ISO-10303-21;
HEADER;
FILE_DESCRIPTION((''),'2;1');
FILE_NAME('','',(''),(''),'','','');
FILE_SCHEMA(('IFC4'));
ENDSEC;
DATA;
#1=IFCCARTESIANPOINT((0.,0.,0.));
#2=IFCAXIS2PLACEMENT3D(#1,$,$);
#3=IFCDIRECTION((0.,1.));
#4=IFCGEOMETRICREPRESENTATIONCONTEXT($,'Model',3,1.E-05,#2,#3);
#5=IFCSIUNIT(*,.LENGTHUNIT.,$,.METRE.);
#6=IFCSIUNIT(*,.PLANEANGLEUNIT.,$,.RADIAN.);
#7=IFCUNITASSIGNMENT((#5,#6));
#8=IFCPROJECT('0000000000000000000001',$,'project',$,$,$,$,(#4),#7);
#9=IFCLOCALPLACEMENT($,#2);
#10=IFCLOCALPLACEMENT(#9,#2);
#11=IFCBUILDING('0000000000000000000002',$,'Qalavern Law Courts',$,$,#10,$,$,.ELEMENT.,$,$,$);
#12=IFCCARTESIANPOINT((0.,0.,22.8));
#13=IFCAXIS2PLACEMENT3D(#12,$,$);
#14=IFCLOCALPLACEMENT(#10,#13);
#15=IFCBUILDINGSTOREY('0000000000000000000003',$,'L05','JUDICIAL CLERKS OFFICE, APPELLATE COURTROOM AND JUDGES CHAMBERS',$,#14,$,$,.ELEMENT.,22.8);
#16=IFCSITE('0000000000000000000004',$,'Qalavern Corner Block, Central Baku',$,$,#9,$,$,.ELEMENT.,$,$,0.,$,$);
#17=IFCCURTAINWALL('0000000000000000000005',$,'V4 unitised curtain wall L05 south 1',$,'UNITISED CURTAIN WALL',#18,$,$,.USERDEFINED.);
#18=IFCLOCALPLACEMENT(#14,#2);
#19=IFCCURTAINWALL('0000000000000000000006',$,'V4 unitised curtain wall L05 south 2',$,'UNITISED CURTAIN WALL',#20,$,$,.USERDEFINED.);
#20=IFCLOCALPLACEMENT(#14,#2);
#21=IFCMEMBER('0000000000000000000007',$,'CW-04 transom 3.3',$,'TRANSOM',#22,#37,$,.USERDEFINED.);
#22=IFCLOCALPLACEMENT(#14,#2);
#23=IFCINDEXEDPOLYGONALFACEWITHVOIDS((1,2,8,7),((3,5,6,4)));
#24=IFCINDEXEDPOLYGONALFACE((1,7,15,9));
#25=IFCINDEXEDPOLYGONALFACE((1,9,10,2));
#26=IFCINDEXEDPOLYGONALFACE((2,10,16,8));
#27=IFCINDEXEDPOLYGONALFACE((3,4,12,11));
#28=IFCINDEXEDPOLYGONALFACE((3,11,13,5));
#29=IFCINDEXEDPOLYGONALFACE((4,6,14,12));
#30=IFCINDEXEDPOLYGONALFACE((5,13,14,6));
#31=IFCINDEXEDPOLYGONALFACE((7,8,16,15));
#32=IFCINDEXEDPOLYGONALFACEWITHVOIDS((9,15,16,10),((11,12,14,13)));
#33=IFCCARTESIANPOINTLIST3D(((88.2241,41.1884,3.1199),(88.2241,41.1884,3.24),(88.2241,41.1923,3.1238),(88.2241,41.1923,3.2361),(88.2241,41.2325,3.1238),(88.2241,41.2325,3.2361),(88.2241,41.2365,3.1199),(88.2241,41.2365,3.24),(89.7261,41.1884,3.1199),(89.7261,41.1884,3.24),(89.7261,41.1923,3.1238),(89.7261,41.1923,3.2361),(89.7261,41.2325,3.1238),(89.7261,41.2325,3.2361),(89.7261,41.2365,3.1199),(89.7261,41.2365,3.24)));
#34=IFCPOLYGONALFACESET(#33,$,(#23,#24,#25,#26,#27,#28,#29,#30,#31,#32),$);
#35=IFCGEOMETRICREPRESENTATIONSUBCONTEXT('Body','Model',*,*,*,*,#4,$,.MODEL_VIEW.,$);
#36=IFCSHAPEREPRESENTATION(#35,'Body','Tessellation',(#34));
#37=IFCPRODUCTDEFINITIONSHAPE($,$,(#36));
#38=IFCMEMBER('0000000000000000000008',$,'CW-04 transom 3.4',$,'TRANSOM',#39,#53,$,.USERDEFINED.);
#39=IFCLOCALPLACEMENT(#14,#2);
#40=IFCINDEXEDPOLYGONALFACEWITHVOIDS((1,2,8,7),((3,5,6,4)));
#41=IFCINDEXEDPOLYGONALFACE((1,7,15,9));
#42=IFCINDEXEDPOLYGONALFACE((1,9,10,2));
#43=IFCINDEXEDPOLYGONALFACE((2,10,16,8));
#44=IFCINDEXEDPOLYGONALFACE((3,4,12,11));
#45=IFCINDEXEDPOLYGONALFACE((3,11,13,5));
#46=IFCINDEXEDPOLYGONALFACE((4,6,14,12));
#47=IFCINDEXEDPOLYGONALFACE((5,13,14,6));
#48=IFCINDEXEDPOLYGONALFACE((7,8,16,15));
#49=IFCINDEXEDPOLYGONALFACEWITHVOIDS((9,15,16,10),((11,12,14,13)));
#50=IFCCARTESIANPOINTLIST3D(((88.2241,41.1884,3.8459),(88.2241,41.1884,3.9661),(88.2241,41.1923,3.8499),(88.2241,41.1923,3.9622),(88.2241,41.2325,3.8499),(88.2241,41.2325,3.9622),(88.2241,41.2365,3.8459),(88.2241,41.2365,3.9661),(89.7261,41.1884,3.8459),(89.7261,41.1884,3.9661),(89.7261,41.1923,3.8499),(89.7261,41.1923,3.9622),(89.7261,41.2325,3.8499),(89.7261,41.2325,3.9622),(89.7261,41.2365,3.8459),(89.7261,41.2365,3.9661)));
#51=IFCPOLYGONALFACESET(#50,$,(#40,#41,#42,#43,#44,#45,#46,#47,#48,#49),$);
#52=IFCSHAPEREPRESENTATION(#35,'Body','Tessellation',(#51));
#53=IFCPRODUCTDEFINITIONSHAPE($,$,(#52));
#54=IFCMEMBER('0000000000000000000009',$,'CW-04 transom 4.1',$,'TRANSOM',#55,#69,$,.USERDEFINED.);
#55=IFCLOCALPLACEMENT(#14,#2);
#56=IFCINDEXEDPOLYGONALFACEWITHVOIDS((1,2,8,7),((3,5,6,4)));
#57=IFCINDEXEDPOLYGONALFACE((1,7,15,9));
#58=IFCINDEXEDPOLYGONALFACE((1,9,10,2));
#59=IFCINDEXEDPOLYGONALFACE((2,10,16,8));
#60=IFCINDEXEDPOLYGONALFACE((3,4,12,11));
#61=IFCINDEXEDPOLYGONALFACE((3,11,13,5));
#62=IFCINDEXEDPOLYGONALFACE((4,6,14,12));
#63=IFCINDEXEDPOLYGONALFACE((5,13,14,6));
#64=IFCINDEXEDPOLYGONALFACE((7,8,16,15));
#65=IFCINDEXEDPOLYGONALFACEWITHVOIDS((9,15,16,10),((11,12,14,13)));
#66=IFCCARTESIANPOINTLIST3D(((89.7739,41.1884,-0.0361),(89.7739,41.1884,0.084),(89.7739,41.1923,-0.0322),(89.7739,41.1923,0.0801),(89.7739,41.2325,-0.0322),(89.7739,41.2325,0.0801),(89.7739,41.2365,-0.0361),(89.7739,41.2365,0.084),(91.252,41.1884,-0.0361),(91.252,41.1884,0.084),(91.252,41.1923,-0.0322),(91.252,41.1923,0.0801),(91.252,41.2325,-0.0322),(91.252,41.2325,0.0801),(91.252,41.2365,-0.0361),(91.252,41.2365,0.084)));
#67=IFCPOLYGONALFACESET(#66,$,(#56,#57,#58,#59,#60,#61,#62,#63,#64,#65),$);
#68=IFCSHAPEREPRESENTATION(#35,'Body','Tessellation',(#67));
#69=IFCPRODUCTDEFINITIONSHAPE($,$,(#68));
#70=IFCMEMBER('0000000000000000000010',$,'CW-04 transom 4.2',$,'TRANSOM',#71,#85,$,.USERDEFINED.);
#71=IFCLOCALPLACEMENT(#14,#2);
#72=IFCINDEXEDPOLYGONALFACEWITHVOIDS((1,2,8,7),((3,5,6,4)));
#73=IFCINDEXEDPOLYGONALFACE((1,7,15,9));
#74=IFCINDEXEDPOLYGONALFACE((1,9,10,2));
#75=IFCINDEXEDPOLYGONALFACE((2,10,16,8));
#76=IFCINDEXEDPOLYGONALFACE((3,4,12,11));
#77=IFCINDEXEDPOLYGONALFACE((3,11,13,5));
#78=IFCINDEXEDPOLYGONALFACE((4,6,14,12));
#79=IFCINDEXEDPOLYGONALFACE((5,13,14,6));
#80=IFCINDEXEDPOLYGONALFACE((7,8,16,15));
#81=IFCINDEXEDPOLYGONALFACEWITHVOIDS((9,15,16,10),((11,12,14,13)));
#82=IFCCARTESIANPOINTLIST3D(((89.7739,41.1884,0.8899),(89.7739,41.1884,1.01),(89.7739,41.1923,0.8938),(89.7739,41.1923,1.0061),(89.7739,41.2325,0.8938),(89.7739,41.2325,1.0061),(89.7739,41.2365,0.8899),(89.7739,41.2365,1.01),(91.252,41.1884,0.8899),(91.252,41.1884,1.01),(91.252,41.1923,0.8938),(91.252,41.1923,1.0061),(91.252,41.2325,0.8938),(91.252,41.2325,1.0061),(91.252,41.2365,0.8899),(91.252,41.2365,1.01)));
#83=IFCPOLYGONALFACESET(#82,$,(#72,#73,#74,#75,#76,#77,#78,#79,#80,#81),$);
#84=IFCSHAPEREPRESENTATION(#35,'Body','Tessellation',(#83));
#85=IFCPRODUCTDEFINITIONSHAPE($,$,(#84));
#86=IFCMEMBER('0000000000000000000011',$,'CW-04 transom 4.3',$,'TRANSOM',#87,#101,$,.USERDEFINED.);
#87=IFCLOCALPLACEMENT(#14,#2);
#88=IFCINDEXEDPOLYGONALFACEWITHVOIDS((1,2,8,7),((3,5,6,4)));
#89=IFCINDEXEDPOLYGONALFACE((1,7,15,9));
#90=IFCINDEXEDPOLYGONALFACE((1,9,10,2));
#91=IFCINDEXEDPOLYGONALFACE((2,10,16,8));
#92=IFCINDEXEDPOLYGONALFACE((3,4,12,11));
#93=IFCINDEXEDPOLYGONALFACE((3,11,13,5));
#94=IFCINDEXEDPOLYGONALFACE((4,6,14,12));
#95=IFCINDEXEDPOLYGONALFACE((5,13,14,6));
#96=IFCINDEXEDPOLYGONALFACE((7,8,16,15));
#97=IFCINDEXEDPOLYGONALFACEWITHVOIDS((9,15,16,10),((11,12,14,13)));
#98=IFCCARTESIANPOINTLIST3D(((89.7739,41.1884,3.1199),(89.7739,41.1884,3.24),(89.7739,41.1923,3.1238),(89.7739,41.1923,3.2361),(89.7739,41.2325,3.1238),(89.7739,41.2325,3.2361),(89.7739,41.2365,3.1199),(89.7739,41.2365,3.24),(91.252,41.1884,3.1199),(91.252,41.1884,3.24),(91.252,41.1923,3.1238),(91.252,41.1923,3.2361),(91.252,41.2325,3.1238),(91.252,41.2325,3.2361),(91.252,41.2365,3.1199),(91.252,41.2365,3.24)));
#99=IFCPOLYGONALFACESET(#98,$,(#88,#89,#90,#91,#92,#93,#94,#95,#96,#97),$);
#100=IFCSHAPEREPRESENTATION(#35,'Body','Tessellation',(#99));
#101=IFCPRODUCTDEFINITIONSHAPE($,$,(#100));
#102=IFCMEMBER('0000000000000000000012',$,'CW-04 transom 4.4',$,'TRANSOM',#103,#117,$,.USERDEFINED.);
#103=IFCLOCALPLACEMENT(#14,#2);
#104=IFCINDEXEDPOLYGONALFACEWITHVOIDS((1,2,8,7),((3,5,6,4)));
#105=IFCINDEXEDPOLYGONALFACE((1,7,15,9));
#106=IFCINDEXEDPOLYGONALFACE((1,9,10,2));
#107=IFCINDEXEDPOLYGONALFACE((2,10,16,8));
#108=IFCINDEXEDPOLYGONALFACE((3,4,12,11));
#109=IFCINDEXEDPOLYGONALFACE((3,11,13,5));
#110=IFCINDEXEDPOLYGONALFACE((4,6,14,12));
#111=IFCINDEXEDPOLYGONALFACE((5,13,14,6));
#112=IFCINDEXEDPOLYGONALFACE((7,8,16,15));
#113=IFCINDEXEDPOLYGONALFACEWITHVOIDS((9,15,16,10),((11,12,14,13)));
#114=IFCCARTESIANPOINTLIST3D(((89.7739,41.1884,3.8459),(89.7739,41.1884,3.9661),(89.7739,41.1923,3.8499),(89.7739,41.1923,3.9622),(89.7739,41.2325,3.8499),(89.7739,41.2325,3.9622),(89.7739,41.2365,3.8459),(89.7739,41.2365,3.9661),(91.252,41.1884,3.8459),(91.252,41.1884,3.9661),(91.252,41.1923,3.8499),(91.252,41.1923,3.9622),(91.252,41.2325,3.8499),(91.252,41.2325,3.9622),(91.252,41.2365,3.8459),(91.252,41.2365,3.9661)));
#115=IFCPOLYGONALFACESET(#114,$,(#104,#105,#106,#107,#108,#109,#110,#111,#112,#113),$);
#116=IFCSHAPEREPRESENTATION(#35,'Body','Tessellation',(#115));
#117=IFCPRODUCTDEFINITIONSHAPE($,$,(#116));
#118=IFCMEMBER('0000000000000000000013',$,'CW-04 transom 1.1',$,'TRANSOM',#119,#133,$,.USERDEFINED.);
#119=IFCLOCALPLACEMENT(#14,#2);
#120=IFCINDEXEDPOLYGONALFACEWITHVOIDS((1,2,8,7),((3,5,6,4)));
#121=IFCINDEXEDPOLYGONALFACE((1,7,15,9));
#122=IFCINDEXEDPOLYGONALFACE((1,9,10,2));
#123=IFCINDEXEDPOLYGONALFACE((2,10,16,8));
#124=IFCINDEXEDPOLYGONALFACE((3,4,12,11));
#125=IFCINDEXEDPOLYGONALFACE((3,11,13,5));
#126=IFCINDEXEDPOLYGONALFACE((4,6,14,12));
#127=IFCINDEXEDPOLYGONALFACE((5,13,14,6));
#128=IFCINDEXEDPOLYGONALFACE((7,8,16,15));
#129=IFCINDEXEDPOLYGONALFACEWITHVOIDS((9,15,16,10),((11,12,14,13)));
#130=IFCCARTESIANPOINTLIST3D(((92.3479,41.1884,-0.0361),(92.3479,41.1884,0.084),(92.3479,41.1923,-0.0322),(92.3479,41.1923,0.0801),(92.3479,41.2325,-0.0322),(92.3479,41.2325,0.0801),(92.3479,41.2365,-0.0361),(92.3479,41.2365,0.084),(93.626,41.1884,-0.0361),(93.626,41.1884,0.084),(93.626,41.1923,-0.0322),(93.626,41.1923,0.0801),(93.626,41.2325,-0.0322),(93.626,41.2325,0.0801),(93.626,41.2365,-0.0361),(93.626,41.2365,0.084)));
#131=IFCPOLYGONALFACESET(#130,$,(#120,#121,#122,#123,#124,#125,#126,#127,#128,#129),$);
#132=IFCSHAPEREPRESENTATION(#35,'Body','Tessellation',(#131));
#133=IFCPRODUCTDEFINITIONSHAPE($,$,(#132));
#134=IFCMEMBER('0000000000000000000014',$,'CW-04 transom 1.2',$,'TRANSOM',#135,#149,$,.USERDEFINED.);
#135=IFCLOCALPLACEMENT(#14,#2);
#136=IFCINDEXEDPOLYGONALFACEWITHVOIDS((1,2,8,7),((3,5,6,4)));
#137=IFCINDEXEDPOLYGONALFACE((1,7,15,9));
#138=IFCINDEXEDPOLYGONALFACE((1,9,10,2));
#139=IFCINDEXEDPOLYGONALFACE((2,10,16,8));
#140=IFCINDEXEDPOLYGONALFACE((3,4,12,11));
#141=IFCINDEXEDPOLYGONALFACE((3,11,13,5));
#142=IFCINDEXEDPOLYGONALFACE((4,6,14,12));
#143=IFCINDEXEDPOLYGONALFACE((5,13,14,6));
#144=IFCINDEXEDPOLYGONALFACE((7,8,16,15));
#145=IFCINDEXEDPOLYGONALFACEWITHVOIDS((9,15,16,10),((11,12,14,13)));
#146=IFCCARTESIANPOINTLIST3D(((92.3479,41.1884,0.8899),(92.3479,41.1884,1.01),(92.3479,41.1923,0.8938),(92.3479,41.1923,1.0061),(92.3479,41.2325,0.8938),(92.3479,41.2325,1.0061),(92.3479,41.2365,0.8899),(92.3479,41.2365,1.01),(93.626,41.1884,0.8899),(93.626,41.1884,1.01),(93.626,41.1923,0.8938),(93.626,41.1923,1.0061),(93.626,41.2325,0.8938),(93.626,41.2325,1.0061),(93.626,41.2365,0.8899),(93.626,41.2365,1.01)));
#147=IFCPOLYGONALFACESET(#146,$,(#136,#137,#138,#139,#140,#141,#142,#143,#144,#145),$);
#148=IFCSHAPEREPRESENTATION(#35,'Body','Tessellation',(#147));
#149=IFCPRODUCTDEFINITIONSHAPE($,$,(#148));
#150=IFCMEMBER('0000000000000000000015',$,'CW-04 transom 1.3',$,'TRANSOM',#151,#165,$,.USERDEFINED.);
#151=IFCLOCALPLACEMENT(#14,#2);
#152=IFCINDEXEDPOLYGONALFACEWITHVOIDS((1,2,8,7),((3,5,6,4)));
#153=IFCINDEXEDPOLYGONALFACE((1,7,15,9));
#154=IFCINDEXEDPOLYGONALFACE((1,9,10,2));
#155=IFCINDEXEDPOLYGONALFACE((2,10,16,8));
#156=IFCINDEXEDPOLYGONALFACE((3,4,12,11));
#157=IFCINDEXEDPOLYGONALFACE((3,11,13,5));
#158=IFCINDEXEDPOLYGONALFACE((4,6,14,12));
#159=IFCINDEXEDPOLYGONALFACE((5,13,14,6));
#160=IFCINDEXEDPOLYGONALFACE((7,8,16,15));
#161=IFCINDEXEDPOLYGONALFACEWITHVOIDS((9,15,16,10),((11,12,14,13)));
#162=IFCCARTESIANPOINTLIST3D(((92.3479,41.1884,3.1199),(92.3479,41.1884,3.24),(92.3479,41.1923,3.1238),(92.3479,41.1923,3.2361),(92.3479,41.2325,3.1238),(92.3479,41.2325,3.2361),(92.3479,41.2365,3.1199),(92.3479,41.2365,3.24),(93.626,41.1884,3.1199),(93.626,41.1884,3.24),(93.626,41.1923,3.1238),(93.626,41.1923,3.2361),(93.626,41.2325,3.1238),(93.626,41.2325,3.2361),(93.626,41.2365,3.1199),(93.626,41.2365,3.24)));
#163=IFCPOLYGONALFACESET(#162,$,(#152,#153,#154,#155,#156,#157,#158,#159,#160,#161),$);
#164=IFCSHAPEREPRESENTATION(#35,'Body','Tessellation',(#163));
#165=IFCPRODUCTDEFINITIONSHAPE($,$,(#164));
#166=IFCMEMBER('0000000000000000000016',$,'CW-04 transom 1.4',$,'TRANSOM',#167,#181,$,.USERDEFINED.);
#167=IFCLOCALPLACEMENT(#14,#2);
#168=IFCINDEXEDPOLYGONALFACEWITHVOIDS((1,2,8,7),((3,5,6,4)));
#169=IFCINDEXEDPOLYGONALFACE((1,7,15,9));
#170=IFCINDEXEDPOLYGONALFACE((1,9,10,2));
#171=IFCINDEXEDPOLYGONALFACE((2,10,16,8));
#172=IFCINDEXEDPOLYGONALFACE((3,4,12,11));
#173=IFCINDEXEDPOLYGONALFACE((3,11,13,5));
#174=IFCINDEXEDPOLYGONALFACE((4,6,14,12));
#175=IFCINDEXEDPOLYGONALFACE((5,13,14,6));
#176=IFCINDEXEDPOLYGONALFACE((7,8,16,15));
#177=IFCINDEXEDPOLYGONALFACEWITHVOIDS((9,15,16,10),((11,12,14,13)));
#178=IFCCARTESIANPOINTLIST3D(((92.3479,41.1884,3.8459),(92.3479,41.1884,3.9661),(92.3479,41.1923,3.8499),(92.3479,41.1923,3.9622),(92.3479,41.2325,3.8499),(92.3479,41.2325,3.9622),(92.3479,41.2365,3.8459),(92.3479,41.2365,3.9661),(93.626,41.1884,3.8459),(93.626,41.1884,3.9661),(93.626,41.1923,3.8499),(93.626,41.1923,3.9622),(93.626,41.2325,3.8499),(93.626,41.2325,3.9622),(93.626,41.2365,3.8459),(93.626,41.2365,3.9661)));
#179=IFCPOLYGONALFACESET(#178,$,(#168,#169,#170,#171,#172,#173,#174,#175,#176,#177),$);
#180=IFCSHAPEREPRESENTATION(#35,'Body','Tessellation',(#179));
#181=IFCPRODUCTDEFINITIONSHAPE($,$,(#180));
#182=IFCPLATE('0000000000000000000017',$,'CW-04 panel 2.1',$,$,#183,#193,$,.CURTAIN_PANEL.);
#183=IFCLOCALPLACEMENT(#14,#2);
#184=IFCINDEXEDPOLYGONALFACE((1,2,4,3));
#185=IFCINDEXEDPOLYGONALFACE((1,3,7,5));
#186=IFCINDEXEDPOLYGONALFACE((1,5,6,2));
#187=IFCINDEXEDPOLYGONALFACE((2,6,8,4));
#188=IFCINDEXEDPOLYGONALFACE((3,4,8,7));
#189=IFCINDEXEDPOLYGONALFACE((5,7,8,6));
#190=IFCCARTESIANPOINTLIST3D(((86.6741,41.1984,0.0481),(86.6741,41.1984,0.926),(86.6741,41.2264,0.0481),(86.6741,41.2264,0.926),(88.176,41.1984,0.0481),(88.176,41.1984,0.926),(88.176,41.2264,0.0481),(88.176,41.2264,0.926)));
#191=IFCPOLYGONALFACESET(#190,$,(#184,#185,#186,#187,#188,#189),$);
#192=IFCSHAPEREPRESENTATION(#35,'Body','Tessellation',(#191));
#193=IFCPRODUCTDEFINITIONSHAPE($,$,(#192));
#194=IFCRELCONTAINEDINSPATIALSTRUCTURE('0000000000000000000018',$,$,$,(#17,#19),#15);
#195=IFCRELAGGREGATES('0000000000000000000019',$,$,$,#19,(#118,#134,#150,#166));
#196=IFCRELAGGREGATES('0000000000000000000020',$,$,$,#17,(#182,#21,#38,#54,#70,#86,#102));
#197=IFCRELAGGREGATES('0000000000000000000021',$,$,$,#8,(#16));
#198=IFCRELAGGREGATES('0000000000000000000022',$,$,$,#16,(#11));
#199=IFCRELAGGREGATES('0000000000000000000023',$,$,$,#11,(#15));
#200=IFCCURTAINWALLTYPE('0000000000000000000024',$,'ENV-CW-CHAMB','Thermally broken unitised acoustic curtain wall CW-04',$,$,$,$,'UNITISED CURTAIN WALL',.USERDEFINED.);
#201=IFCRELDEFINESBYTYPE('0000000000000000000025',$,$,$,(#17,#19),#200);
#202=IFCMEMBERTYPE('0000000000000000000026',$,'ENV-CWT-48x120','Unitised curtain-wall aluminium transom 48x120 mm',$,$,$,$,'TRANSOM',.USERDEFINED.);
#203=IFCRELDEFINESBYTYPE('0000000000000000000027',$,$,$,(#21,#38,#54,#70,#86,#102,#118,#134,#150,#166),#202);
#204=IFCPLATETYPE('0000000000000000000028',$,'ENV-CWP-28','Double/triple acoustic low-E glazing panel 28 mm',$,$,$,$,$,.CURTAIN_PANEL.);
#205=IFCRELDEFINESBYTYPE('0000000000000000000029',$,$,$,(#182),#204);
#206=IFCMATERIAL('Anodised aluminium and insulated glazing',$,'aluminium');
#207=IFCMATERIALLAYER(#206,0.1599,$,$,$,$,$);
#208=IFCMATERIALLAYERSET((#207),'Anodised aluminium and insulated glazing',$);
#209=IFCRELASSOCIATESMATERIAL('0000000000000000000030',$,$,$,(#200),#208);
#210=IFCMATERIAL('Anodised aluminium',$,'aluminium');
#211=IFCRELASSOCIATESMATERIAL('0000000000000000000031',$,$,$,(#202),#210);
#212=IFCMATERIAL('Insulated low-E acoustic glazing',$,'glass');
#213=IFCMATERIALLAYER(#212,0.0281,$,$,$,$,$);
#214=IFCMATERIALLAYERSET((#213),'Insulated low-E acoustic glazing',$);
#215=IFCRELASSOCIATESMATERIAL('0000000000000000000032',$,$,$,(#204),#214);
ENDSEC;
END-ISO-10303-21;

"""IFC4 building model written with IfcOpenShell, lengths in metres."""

from ifc_helpers import new_model, si_unit, direction, frame, origin, origin_2d, place, context, subcontext, project, spatial, rectangle, hollow_rectangle, extrude, material, layer, layer_set, material_profile, profile_set, type_object, element, aggregate, save


model = new_model("IFC4")

# Units and contexts
model_context = context("Model", 3, precision=1e-05, world=origin(), true_north=direction((0.0, 1.0)))
body_context = subcontext(model_context, "Body", "Model", "MODEL_VIEW")
ifc_project = project(units=[si_unit("LENGTHUNIT", "METRE"), si_unit("PLANEANGLEUNIT", "RADIAN")], contexts=[model_context])

# Site, building, storey
site_placement = place(None, origin())
site = spatial("IfcSite", under=ifc_project, at=site_placement, Name="Qalavern Corner Block, Central Baku", CompositionType="ELEMENT", RefElevation=0.0)
building_placement = place(site_placement, origin())
building = spatial("IfcBuilding", under=site, at=building_placement, Name="Qalavern Law Courts", CompositionType="ELEMENT")
storey_placement = place(building_placement, frame((0.0, 0.0, 22.8)))
storey = spatial("IfcBuildingStorey", under=building, at=storey_placement, Name="L05", Description="JUDICIAL CLERKS OFFICE, APPELLATE COURTROOM AND JUDGES CHAMBERS", CompositionType="ELEMENT", Elevation=22.8)

# Curtain wall
ifc_material_1 = material(Name="Anodised aluminium and insulated glazing", Category="aluminium")
ifc_layer_1 = layer(ifc_material_1, 0.1599)
ifc_layer_set_1 = layer_set([ifc_layer_1], Name="Anodised aluminium and insulated glazing")
curtain_wall_type = type_object("IfcCurtainWallType", Name="ENV-CW-CHAMB", Description="Thermally broken unitised acoustic curtain wall CW-04", ElementType="UNITISED CURTAIN WALL", PredefinedType="USERDEFINED", material=ifc_layer_set_1)
curtain_wall_1_placement = place(storey_placement, origin())
curtain_wall_1 = element("IfcCurtainWall", 1, at=curtain_wall_1_placement, inside=storey, type_object=curtain_wall_type, Name="V4 unitised curtain wall L05 south 1", ObjectType="UNITISED CURTAIN WALL", PredefinedType="USERDEFINED")
ifc_material_2 = material(Name="Anodised aluminium", Category="aluminium")

# Curtain wall
curtain_wall_2_placement = place(storey_placement, origin())
curtain_wall_2 = element("IfcCurtainWall", 2, at=curtain_wall_2_placement, inside=storey, type_object=curtain_wall_type, Name="V4 unitised curtain wall L05 south 2", ObjectType="UNITISED CURTAIN WALL", PredefinedType="USERDEFINED")

# Members
ifc_material_profile_1 = material_profile(ifc_material_2, hollow_rectangle(XDim=0.0481, YDim=0.1201, WallThickness=0.0039, at=origin_2d()), Name="ALU TRANSOM 48x120")
ifc_profile_set_1 = profile_set([ifc_material_profile_1], Name="Anodised aluminium")
member_type_1 = type_object("IfcMemberType", Name="ENV-CWT-48x120", Description="Unitised curtain-wall aluminium transom 48x120 mm", ElementType="TRANSOM", PredefinedType="USERDEFINED", material=ifc_profile_set_1)
member_1_placement = place(storey_placement, frame((88.2241, 41.2124, 3.1799), z_axis=(1.0, 0.0, 0.0), x_axis=(0.0, 1.0, 0.0)))
member_1 = element("IfcMember", 3, at=member_1_placement, type_object=member_type_1, Name="CW-04 transom 3.3", ObjectType="TRANSOM", PredefinedType="USERDEFINED", context=body_context, shape_type="SweptSolid", body=[
    extrude(hollow_rectangle(XDim=0.0481, YDim=0.1201, WallThickness=0.0039, at=origin_2d()), origin(), (0.0, 0.0, 1.0), 1.502),
])
member_2_placement = place(storey_placement, frame((88.2241, 41.2124, 3.906), z_axis=(1.0, 0.0, 0.0), x_axis=(0.0, 1.0, 0.0)))
member_2 = element("IfcMember", 4, at=member_2_placement, type_object=member_type_1, Name="CW-04 transom 3.4", ObjectType="TRANSOM", PredefinedType="USERDEFINED", context=body_context, shape_type="SweptSolid", body=[
    extrude(hollow_rectangle(XDim=0.0481, YDim=0.1201, WallThickness=0.0039, at=origin_2d()), origin(), (0.0, 0.0, 1.0), 1.502),
])
member_3_placement = place(storey_placement, frame((89.7739, 41.2124, 0.0239), z_axis=(1.0, 0.0, 0.0), x_axis=(0.0, 1.0, 0.0)))
member_3 = element("IfcMember", 5, at=member_3_placement, type_object=member_type_1, Name="CW-04 transom 4.1", ObjectType="TRANSOM", PredefinedType="USERDEFINED", context=body_context, shape_type="SweptSolid", body=[
    extrude(hollow_rectangle(XDim=0.0481, YDim=0.1201, WallThickness=0.0039, at=origin_2d()), origin(), (0.0, 0.0, 1.0), 1.478),
])
member_4_placement = place(storey_placement, frame((89.7739, 41.2124, 0.95), z_axis=(1.0, 0.0, 0.0), x_axis=(0.0, 1.0, 0.0)))
member_4 = element("IfcMember", 6, at=member_4_placement, type_object=member_type_1, Name="CW-04 transom 4.2", ObjectType="TRANSOM", PredefinedType="USERDEFINED", context=body_context, shape_type="SweptSolid", body=[
    extrude(hollow_rectangle(XDim=0.0481, YDim=0.1201, WallThickness=0.0039, at=origin_2d()), origin(), (0.0, 0.0, 1.0), 1.478),
])
member_5_placement = place(storey_placement, frame((89.7739, 41.2124, 3.1799), z_axis=(1.0, 0.0, 0.0), x_axis=(0.0, 1.0, 0.0)))
member_5 = element("IfcMember", 7, at=member_5_placement, type_object=member_type_1, Name="CW-04 transom 4.3", ObjectType="TRANSOM", PredefinedType="USERDEFINED", context=body_context, shape_type="SweptSolid", body=[
    extrude(hollow_rectangle(XDim=0.0481, YDim=0.1201, WallThickness=0.0039, at=origin_2d()), origin(), (0.0, 0.0, 1.0), 1.478),
])
member_6_placement = place(storey_placement, frame((89.7739, 41.2124, 3.906), z_axis=(1.0, 0.0, 0.0), x_axis=(0.0, 1.0, 0.0)))
member_6 = element("IfcMember", 8, at=member_6_placement, type_object=member_type_1, Name="CW-04 transom 4.4", ObjectType="TRANSOM", PredefinedType="USERDEFINED", context=body_context, shape_type="SweptSolid", body=[
    extrude(hollow_rectangle(XDim=0.0481, YDim=0.1201, WallThickness=0.0039, at=origin_2d()), origin(), (0.0, 0.0, 1.0), 1.478),
])
member_7_placement = place(storey_placement, frame((92.3479, 41.2124, 0.0239), z_axis=(1.0, 0.0, 0.0), x_axis=(0.0, 1.0, 0.0)))
member_7 = element("IfcMember", 9, at=member_7_placement, type_object=member_type_1, Name="CW-04 transom 1.1", ObjectType="TRANSOM", PredefinedType="USERDEFINED", context=body_context, shape_type="SweptSolid", body=[
    extrude(hollow_rectangle(XDim=0.0481, YDim=0.1201, WallThickness=0.0039, at=origin_2d()), origin(), (0.0, 0.0, 1.0), 1.2781),
])
member_8_placement = place(storey_placement, frame((92.3479, 41.2124, 0.95), z_axis=(1.0, 0.0, 0.0), x_axis=(0.0, 1.0, 0.0)))
member_8 = element("IfcMember", 10, at=member_8_placement, type_object=member_type_1, Name="CW-04 transom 1.2", ObjectType="TRANSOM", PredefinedType="USERDEFINED", context=body_context, shape_type="SweptSolid", body=[
    extrude(hollow_rectangle(XDim=0.0481, YDim=0.1201, WallThickness=0.0039, at=origin_2d()), origin(), (0.0, 0.0, 1.0), 1.2781),
])
member_9_placement = place(storey_placement, frame((92.3479, 41.2124, 3.1799), z_axis=(1.0, 0.0, 0.0), x_axis=(0.0, 1.0, 0.0)))
member_9 = element("IfcMember", 11, at=member_9_placement, type_object=member_type_1, Name="CW-04 transom 1.3", ObjectType="TRANSOM", PredefinedType="USERDEFINED", context=body_context, shape_type="SweptSolid", body=[
    extrude(hollow_rectangle(XDim=0.0481, YDim=0.1201, WallThickness=0.0039, at=origin_2d()), origin(), (0.0, 0.0, 1.0), 1.2781),
])
member_10_placement = place(storey_placement, frame((92.3479, 41.2124, 3.906), z_axis=(1.0, 0.0, 0.0), x_axis=(0.0, 1.0, 0.0)))
member_10 = element("IfcMember", 12, at=member_10_placement, type_object=member_type_1, Name="CW-04 transom 1.4", ObjectType="TRANSOM", PredefinedType="USERDEFINED", context=body_context, shape_type="SweptSolid", body=[
    extrude(hollow_rectangle(XDim=0.0481, YDim=0.1201, WallThickness=0.0039, at=origin_2d()), origin(), (0.0, 0.0, 1.0), 1.2781),
])
aggregate(curtain_wall_2, [member_7, member_8, member_9, member_10])

# Plate
ifc_material_3 = material(Name="Insulated low-E acoustic glazing", Category="glass")
ifc_layer_2 = layer(ifc_material_3, 0.0281)
ifc_layer_set_2 = layer_set([ifc_layer_2], Name="Insulated low-E acoustic glazing")
plate_type = type_object("IfcPlateType", Name="ENV-CWP-28", Description="Double/triple acoustic low-E glazing panel 28 mm", PredefinedType="CURTAIN_PANEL", material=ifc_layer_set_2)
plate_1_placement = place(storey_placement, frame((87.425, 41.2124, 0.0481), z_axis=(0.0, 0.0, 1.0), x_axis=(1.0, 0.0, 0.0)))
plate_1 = element("IfcPlate", 13, at=plate_1_placement, type_object=plate_type, Name="CW-04 panel 2.1", PredefinedType="CURTAIN_PANEL", context=body_context, shape_type="SweptSolid", body=[
    extrude(rectangle(XDim=1.502, YDim=0.0281, at=origin_2d()), origin(), (0.0, 0.0, 1.0), 0.8779),
])
aggregate(curtain_wall_1, [plate_1, member_1, member_2, member_3, member_4, member_5, member_6])

save(model, "model.ifc")
